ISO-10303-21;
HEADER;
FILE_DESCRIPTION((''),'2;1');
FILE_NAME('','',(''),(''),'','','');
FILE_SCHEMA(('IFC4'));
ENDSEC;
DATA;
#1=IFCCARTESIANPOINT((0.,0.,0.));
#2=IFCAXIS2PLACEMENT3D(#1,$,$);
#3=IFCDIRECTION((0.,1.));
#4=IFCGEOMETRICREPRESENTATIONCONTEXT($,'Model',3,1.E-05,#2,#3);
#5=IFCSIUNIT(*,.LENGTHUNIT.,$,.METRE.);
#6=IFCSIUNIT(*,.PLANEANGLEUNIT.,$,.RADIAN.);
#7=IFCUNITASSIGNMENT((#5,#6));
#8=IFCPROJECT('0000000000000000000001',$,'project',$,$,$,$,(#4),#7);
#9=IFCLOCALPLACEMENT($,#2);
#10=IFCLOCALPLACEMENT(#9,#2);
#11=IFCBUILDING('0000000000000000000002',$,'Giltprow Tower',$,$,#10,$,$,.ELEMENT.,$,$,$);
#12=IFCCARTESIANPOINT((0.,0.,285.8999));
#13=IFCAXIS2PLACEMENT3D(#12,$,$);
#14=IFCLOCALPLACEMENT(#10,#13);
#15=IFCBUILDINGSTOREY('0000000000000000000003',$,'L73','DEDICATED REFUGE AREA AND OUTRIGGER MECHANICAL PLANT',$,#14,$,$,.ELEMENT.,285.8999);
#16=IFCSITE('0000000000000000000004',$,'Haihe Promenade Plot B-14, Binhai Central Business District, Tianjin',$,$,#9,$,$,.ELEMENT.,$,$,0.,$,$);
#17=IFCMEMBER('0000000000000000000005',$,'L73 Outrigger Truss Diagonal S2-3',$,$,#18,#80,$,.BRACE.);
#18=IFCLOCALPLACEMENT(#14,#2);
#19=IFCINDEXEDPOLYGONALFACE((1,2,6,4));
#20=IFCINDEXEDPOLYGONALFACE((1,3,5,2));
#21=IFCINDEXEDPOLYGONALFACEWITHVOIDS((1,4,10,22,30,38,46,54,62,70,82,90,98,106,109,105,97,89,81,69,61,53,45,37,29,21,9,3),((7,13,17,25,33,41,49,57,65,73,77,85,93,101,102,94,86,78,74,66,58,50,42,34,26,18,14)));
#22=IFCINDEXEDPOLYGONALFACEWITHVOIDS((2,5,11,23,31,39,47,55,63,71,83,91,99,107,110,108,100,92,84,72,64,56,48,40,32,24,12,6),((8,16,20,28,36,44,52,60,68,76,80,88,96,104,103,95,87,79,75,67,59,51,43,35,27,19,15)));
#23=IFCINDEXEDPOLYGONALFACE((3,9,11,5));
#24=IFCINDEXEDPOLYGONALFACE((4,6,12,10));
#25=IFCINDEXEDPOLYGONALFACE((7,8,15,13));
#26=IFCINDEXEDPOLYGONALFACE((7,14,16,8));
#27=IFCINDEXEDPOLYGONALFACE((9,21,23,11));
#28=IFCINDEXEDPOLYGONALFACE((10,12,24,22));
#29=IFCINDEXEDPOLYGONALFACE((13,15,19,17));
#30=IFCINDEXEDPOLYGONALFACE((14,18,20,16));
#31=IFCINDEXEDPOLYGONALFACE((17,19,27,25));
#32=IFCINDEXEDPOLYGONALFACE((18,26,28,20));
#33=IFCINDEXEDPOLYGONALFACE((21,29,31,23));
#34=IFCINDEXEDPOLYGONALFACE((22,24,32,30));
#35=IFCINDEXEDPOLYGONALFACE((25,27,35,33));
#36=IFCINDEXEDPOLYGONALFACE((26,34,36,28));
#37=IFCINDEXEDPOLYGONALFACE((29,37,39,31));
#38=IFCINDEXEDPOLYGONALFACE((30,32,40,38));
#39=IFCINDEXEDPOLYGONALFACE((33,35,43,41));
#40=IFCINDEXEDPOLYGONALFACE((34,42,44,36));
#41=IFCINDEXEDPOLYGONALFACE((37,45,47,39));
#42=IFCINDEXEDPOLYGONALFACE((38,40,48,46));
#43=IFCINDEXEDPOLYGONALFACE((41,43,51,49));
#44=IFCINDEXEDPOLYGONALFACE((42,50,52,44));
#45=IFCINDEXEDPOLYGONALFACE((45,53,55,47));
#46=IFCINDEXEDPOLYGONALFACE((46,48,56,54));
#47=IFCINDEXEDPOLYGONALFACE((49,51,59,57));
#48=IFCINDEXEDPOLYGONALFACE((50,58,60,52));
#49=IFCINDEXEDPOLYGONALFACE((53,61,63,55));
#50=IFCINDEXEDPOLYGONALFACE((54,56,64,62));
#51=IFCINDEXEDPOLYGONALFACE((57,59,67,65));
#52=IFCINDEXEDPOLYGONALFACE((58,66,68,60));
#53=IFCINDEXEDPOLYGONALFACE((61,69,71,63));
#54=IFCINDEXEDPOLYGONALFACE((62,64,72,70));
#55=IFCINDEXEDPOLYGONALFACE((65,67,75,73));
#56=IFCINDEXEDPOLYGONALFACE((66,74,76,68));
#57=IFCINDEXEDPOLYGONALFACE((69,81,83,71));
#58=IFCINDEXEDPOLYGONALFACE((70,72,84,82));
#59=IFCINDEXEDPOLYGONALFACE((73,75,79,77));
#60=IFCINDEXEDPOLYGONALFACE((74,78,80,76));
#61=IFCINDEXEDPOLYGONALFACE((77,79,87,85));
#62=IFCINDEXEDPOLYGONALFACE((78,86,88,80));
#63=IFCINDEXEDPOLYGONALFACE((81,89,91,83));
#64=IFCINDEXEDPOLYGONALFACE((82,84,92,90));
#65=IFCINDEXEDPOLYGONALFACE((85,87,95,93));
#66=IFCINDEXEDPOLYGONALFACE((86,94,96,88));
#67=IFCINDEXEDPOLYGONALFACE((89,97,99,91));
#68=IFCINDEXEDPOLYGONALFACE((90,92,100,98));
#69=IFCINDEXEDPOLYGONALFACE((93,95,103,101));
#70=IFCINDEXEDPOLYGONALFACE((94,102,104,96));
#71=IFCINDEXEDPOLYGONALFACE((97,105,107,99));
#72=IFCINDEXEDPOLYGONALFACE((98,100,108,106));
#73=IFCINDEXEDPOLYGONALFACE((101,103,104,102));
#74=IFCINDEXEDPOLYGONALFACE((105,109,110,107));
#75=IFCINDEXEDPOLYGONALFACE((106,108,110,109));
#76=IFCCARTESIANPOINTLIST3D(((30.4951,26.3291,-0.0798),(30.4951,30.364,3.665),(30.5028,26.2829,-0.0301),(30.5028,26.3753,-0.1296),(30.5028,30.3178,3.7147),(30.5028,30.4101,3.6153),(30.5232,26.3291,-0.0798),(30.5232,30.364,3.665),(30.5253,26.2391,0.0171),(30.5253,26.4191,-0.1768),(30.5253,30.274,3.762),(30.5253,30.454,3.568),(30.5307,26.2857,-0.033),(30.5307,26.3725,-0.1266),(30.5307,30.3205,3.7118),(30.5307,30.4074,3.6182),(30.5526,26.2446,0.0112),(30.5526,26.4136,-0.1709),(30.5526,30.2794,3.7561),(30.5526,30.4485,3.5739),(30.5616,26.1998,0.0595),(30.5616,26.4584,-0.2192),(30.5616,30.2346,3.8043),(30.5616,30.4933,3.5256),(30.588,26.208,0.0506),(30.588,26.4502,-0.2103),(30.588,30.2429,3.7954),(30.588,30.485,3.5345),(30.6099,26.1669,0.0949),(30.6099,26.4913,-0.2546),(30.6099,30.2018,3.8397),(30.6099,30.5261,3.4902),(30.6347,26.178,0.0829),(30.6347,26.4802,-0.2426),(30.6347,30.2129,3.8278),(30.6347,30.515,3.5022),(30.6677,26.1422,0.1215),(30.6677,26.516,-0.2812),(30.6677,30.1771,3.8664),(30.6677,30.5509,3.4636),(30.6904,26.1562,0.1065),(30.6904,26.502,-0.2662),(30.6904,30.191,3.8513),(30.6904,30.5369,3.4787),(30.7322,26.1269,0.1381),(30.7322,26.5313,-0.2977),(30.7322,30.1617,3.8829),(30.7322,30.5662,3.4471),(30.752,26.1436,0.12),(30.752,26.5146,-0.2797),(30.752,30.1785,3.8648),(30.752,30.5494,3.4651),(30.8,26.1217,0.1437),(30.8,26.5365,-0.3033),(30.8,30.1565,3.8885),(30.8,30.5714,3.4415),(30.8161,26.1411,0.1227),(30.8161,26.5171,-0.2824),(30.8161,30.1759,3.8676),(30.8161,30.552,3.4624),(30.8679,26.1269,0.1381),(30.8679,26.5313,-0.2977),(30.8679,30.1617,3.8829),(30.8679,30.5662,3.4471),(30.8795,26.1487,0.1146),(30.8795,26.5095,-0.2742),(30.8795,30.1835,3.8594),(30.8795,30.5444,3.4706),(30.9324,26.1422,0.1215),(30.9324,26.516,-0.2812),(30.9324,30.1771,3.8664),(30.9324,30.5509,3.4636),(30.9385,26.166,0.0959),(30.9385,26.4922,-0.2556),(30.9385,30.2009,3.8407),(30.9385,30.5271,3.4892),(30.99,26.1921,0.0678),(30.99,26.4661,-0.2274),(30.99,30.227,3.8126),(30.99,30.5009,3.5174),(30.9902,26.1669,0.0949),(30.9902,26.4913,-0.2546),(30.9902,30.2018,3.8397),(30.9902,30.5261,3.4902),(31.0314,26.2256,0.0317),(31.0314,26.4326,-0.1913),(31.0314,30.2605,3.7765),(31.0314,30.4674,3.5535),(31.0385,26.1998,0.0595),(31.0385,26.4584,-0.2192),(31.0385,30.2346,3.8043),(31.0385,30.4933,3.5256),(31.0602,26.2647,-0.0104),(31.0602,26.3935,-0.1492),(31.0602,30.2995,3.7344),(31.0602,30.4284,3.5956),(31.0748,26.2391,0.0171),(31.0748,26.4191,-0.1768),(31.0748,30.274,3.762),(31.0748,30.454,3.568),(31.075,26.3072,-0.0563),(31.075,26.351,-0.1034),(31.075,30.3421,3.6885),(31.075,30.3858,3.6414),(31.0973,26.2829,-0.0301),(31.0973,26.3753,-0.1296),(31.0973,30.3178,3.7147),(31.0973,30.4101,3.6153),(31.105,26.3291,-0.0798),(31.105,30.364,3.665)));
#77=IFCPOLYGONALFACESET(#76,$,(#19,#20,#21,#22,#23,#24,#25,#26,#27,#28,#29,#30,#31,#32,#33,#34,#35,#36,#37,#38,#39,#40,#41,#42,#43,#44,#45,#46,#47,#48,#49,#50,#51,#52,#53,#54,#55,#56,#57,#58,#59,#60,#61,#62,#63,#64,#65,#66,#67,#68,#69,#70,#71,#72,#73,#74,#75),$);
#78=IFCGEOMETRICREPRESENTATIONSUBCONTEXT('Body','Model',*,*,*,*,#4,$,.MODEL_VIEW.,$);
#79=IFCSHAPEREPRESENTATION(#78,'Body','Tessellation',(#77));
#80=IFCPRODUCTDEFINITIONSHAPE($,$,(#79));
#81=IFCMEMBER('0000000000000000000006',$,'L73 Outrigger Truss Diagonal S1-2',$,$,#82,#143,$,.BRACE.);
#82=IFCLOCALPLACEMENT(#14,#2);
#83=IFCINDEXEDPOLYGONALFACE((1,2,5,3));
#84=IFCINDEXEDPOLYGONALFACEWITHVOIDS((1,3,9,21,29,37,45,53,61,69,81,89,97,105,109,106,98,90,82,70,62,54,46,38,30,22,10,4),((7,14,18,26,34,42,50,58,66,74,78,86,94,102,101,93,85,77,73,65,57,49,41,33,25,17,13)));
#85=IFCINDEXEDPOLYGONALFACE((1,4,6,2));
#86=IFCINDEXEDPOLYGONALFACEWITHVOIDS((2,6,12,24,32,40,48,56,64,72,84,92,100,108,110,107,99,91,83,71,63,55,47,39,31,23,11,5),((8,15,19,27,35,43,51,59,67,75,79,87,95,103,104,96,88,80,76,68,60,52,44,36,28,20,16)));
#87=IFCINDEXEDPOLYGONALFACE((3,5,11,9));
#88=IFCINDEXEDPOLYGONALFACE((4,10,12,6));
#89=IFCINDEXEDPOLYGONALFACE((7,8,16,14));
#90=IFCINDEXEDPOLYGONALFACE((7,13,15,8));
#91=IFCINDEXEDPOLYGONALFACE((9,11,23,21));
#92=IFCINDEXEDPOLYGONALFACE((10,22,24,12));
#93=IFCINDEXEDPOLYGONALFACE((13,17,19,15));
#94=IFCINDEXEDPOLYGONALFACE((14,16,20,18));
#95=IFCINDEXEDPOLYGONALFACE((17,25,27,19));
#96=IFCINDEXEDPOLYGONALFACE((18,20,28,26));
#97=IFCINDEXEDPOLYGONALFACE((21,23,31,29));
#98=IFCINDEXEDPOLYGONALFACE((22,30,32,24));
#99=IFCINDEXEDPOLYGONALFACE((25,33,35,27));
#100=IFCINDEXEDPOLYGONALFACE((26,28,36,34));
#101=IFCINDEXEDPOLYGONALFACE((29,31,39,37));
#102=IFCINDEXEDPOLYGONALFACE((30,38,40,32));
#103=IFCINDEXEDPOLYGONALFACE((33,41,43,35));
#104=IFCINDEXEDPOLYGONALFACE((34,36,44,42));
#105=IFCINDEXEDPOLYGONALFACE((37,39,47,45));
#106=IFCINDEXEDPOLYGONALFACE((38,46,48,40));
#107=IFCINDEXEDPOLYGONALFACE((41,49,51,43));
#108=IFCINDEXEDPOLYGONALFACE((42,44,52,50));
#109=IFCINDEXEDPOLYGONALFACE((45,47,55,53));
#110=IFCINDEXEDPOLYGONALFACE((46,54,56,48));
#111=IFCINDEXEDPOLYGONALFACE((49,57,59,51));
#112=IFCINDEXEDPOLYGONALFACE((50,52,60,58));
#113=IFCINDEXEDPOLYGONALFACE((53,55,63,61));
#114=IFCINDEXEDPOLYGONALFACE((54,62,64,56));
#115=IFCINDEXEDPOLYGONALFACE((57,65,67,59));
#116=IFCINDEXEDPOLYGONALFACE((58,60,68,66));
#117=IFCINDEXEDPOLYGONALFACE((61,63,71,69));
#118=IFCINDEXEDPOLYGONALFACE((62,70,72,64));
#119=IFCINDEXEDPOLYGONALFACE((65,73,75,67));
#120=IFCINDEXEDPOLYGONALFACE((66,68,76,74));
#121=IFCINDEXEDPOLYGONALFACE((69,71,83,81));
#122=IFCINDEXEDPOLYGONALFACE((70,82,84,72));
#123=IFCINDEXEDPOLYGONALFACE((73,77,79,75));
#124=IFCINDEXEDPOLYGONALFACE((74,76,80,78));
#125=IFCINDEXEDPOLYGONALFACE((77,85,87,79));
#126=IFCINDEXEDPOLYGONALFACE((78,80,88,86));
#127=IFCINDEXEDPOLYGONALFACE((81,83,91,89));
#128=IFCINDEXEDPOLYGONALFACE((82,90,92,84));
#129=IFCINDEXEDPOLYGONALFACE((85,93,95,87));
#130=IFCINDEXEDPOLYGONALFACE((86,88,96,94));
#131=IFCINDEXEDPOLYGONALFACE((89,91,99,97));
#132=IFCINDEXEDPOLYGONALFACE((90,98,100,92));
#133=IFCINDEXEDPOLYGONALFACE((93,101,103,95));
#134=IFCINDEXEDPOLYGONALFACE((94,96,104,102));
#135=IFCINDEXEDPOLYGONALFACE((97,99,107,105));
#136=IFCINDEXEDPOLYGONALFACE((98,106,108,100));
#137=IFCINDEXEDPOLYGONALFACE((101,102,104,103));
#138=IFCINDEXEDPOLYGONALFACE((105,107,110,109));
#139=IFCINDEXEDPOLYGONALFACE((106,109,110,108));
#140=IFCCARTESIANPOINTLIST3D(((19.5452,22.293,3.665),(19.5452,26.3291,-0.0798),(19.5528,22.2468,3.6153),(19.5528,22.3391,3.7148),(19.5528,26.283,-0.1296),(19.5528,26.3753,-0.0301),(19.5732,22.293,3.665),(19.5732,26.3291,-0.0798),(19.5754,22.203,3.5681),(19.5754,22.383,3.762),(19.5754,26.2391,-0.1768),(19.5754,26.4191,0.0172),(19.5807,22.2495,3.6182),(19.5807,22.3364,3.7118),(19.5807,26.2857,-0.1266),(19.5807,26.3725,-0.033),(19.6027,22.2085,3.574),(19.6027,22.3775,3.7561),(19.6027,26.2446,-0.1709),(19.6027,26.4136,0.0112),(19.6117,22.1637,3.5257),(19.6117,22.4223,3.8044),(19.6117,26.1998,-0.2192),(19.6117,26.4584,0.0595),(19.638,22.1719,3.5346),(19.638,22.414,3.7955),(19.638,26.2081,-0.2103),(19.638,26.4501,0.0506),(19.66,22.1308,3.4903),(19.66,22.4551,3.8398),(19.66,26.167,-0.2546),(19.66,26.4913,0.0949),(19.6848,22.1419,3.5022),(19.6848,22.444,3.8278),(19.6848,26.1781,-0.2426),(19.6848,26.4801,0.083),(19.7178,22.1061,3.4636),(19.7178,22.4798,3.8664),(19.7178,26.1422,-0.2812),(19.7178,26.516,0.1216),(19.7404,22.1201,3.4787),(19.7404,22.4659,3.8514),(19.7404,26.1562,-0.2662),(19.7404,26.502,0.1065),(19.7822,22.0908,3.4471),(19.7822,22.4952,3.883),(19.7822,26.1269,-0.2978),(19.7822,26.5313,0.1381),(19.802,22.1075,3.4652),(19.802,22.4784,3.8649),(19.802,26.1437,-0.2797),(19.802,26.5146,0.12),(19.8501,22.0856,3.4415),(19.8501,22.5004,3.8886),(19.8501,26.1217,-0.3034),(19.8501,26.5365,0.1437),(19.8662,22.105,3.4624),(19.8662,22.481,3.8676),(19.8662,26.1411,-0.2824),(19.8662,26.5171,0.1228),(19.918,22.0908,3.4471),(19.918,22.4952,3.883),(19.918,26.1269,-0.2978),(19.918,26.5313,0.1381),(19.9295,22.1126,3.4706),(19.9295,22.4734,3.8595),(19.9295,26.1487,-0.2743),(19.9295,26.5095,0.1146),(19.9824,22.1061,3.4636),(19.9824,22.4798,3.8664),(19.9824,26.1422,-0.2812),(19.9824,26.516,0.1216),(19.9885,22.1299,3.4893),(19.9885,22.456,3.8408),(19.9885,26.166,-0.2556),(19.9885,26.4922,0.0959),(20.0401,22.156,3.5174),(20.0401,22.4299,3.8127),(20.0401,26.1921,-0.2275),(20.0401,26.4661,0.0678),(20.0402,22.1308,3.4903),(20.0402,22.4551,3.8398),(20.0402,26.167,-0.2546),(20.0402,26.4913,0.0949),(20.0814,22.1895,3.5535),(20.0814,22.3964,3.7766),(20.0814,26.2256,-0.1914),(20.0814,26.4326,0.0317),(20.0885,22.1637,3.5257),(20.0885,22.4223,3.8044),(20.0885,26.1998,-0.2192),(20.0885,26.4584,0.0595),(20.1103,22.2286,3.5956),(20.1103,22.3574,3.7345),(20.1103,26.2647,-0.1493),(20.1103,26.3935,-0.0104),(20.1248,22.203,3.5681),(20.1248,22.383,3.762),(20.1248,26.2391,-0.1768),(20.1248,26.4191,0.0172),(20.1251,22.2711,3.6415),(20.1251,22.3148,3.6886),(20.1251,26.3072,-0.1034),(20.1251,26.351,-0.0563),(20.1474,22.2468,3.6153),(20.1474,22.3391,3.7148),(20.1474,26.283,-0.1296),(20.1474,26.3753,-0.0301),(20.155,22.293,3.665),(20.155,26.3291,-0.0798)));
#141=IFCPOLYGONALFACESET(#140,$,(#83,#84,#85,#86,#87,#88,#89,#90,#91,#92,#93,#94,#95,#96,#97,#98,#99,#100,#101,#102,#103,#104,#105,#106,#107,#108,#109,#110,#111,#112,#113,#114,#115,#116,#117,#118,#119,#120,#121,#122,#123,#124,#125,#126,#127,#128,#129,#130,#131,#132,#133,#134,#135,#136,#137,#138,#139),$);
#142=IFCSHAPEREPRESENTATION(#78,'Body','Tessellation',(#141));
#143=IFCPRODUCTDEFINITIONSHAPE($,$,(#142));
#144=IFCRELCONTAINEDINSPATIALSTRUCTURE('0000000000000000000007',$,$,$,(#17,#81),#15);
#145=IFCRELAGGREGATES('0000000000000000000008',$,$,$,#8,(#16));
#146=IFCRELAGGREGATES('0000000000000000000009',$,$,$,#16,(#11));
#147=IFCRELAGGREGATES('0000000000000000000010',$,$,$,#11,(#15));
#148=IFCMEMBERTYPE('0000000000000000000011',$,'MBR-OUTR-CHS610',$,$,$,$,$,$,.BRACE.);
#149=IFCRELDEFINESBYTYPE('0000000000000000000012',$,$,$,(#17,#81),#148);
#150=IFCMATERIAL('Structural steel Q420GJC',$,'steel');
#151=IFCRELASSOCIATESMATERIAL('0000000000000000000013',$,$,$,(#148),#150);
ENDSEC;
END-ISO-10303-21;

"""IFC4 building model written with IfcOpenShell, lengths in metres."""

from ifc_helpers import new_model, si_unit, direction, frame, origin, origin_2d, place, context, subcontext, project, spatial, hollow_circle, extrude, source, transform, mapped, material, material_profile, profile_set, type_object, element, save


model = new_model("IFC4")

# Units and contexts
model_context = context("Model", 3, precision=1e-05, world=origin(), true_north=direction((0.0, 1.0)))
body_context = subcontext(model_context, "Body", "Model", "MODEL_VIEW")
ifc_project = project(units=[si_unit("LENGTHUNIT", "METRE"), si_unit("PLANEANGLEUNIT", "RADIAN")], contexts=[model_context])

# Site, building, storey
site_placement = place(None, origin())
site = spatial("IfcSite", under=ifc_project, at=site_placement, Name="Haihe Promenade Plot B-14, Binhai Central Business District, Tianjin", CompositionType="ELEMENT", RefElevation=0.0)
building_placement = place(site_placement, origin())
building = spatial("IfcBuilding", under=site, at=building_placement, Name="Giltprow Tower", CompositionType="ELEMENT")
storey_placement = place(building_placement, frame((0.0, 0.0, 285.8999)))
storey = spatial("IfcBuildingStorey", under=building, at=storey_placement, Name="L73", Description="DEDICATED REFUGE AREA AND OUTRIGGER MECHANICAL PLANT", CompositionType="ELEMENT", Elevation=285.8999)

# Shared definitions
ifc_material_1 = material(Name="Structural steel Q420GJC", Category="steel")

# Members
ifc_material_profile_1 = material_profile(ifc_material_1, hollow_circle(Radius=0.3049, WallThickness=0.0281, at=origin_2d()), Name="CHS 610x28")
ifc_profile_set_1 = profile_set([ifc_material_profile_1], Name="Structural steel Q420GJC")
member_type_1 = type_object("IfcMemberType", Name="MBR-OUTR-CHS610", PredefinedType="BRACE", material=ifc_profile_set_1)
shared_shape_1 = source(origin(), body_context, "Body", "SweptSolid", [
    extrude(hollow_circle(Radius=0.3049, WallThickness=0.0281, at=origin_2d()), origin(), (0.0, 0.0, 1.0), 5.5049),
])
for number, where, z_axis, x_axis, name in (
    (1, (30.8, 26.3291, -0.0798), (0.0, 0.732959, 0.680272), (-1.0, 0.0, 0.0), "L73 Outrigger Truss Diagonal S2-3"),
):
    element("IfcMember", number, at=place(storey_placement, frame(where, z_axis=z_axis, x_axis=x_axis)), inside=storey, type_object=member_type_1, Name=name, PredefinedType="BRACE", context=body_context, shape_type="MappedRepresentation", body=[
        mapped(shared_shape_1, transform((0.0, 0.0, 0.0), x_axis=(1.0, 0.0, 0.0), y_axis=(0.0, 1.0, 0.0), z_axis=(0.0, 0.0, 1.0), scale=1.0)),
    ])
shared_shape_2 = source(origin(), body_context, "Body", "SweptSolid", [
    extrude(hollow_circle(Radius=0.3049, WallThickness=0.0281, at=origin_2d()), origin(), (0.0, 0.0, 1.0), 5.5059),
])
for number, where, z_axis, x_axis, name in (
    (2, (19.8501, 22.293, 3.665), (0.0, 0.733062, -0.680162), (-1.0, 0.0, 0.0), "L73 Outrigger Truss Diagonal S1-2"),
):
    element("IfcMember", number, at=place(storey_placement, frame(where, z_axis=z_axis, x_axis=x_axis)), inside=storey, type_object=member_type_1, Name=name, PredefinedType="BRACE", context=body_context, shape_type="MappedRepresentation", body=[
        mapped(shared_shape_2, transform((0.0, 0.0, 0.0), x_axis=(1.0, 0.0, 0.0), y_axis=(0.0, 1.0, 0.0), z_axis=(0.0, 0.0, 1.0), scale=1.0)),
    ])

save(model, "model.ifc")
